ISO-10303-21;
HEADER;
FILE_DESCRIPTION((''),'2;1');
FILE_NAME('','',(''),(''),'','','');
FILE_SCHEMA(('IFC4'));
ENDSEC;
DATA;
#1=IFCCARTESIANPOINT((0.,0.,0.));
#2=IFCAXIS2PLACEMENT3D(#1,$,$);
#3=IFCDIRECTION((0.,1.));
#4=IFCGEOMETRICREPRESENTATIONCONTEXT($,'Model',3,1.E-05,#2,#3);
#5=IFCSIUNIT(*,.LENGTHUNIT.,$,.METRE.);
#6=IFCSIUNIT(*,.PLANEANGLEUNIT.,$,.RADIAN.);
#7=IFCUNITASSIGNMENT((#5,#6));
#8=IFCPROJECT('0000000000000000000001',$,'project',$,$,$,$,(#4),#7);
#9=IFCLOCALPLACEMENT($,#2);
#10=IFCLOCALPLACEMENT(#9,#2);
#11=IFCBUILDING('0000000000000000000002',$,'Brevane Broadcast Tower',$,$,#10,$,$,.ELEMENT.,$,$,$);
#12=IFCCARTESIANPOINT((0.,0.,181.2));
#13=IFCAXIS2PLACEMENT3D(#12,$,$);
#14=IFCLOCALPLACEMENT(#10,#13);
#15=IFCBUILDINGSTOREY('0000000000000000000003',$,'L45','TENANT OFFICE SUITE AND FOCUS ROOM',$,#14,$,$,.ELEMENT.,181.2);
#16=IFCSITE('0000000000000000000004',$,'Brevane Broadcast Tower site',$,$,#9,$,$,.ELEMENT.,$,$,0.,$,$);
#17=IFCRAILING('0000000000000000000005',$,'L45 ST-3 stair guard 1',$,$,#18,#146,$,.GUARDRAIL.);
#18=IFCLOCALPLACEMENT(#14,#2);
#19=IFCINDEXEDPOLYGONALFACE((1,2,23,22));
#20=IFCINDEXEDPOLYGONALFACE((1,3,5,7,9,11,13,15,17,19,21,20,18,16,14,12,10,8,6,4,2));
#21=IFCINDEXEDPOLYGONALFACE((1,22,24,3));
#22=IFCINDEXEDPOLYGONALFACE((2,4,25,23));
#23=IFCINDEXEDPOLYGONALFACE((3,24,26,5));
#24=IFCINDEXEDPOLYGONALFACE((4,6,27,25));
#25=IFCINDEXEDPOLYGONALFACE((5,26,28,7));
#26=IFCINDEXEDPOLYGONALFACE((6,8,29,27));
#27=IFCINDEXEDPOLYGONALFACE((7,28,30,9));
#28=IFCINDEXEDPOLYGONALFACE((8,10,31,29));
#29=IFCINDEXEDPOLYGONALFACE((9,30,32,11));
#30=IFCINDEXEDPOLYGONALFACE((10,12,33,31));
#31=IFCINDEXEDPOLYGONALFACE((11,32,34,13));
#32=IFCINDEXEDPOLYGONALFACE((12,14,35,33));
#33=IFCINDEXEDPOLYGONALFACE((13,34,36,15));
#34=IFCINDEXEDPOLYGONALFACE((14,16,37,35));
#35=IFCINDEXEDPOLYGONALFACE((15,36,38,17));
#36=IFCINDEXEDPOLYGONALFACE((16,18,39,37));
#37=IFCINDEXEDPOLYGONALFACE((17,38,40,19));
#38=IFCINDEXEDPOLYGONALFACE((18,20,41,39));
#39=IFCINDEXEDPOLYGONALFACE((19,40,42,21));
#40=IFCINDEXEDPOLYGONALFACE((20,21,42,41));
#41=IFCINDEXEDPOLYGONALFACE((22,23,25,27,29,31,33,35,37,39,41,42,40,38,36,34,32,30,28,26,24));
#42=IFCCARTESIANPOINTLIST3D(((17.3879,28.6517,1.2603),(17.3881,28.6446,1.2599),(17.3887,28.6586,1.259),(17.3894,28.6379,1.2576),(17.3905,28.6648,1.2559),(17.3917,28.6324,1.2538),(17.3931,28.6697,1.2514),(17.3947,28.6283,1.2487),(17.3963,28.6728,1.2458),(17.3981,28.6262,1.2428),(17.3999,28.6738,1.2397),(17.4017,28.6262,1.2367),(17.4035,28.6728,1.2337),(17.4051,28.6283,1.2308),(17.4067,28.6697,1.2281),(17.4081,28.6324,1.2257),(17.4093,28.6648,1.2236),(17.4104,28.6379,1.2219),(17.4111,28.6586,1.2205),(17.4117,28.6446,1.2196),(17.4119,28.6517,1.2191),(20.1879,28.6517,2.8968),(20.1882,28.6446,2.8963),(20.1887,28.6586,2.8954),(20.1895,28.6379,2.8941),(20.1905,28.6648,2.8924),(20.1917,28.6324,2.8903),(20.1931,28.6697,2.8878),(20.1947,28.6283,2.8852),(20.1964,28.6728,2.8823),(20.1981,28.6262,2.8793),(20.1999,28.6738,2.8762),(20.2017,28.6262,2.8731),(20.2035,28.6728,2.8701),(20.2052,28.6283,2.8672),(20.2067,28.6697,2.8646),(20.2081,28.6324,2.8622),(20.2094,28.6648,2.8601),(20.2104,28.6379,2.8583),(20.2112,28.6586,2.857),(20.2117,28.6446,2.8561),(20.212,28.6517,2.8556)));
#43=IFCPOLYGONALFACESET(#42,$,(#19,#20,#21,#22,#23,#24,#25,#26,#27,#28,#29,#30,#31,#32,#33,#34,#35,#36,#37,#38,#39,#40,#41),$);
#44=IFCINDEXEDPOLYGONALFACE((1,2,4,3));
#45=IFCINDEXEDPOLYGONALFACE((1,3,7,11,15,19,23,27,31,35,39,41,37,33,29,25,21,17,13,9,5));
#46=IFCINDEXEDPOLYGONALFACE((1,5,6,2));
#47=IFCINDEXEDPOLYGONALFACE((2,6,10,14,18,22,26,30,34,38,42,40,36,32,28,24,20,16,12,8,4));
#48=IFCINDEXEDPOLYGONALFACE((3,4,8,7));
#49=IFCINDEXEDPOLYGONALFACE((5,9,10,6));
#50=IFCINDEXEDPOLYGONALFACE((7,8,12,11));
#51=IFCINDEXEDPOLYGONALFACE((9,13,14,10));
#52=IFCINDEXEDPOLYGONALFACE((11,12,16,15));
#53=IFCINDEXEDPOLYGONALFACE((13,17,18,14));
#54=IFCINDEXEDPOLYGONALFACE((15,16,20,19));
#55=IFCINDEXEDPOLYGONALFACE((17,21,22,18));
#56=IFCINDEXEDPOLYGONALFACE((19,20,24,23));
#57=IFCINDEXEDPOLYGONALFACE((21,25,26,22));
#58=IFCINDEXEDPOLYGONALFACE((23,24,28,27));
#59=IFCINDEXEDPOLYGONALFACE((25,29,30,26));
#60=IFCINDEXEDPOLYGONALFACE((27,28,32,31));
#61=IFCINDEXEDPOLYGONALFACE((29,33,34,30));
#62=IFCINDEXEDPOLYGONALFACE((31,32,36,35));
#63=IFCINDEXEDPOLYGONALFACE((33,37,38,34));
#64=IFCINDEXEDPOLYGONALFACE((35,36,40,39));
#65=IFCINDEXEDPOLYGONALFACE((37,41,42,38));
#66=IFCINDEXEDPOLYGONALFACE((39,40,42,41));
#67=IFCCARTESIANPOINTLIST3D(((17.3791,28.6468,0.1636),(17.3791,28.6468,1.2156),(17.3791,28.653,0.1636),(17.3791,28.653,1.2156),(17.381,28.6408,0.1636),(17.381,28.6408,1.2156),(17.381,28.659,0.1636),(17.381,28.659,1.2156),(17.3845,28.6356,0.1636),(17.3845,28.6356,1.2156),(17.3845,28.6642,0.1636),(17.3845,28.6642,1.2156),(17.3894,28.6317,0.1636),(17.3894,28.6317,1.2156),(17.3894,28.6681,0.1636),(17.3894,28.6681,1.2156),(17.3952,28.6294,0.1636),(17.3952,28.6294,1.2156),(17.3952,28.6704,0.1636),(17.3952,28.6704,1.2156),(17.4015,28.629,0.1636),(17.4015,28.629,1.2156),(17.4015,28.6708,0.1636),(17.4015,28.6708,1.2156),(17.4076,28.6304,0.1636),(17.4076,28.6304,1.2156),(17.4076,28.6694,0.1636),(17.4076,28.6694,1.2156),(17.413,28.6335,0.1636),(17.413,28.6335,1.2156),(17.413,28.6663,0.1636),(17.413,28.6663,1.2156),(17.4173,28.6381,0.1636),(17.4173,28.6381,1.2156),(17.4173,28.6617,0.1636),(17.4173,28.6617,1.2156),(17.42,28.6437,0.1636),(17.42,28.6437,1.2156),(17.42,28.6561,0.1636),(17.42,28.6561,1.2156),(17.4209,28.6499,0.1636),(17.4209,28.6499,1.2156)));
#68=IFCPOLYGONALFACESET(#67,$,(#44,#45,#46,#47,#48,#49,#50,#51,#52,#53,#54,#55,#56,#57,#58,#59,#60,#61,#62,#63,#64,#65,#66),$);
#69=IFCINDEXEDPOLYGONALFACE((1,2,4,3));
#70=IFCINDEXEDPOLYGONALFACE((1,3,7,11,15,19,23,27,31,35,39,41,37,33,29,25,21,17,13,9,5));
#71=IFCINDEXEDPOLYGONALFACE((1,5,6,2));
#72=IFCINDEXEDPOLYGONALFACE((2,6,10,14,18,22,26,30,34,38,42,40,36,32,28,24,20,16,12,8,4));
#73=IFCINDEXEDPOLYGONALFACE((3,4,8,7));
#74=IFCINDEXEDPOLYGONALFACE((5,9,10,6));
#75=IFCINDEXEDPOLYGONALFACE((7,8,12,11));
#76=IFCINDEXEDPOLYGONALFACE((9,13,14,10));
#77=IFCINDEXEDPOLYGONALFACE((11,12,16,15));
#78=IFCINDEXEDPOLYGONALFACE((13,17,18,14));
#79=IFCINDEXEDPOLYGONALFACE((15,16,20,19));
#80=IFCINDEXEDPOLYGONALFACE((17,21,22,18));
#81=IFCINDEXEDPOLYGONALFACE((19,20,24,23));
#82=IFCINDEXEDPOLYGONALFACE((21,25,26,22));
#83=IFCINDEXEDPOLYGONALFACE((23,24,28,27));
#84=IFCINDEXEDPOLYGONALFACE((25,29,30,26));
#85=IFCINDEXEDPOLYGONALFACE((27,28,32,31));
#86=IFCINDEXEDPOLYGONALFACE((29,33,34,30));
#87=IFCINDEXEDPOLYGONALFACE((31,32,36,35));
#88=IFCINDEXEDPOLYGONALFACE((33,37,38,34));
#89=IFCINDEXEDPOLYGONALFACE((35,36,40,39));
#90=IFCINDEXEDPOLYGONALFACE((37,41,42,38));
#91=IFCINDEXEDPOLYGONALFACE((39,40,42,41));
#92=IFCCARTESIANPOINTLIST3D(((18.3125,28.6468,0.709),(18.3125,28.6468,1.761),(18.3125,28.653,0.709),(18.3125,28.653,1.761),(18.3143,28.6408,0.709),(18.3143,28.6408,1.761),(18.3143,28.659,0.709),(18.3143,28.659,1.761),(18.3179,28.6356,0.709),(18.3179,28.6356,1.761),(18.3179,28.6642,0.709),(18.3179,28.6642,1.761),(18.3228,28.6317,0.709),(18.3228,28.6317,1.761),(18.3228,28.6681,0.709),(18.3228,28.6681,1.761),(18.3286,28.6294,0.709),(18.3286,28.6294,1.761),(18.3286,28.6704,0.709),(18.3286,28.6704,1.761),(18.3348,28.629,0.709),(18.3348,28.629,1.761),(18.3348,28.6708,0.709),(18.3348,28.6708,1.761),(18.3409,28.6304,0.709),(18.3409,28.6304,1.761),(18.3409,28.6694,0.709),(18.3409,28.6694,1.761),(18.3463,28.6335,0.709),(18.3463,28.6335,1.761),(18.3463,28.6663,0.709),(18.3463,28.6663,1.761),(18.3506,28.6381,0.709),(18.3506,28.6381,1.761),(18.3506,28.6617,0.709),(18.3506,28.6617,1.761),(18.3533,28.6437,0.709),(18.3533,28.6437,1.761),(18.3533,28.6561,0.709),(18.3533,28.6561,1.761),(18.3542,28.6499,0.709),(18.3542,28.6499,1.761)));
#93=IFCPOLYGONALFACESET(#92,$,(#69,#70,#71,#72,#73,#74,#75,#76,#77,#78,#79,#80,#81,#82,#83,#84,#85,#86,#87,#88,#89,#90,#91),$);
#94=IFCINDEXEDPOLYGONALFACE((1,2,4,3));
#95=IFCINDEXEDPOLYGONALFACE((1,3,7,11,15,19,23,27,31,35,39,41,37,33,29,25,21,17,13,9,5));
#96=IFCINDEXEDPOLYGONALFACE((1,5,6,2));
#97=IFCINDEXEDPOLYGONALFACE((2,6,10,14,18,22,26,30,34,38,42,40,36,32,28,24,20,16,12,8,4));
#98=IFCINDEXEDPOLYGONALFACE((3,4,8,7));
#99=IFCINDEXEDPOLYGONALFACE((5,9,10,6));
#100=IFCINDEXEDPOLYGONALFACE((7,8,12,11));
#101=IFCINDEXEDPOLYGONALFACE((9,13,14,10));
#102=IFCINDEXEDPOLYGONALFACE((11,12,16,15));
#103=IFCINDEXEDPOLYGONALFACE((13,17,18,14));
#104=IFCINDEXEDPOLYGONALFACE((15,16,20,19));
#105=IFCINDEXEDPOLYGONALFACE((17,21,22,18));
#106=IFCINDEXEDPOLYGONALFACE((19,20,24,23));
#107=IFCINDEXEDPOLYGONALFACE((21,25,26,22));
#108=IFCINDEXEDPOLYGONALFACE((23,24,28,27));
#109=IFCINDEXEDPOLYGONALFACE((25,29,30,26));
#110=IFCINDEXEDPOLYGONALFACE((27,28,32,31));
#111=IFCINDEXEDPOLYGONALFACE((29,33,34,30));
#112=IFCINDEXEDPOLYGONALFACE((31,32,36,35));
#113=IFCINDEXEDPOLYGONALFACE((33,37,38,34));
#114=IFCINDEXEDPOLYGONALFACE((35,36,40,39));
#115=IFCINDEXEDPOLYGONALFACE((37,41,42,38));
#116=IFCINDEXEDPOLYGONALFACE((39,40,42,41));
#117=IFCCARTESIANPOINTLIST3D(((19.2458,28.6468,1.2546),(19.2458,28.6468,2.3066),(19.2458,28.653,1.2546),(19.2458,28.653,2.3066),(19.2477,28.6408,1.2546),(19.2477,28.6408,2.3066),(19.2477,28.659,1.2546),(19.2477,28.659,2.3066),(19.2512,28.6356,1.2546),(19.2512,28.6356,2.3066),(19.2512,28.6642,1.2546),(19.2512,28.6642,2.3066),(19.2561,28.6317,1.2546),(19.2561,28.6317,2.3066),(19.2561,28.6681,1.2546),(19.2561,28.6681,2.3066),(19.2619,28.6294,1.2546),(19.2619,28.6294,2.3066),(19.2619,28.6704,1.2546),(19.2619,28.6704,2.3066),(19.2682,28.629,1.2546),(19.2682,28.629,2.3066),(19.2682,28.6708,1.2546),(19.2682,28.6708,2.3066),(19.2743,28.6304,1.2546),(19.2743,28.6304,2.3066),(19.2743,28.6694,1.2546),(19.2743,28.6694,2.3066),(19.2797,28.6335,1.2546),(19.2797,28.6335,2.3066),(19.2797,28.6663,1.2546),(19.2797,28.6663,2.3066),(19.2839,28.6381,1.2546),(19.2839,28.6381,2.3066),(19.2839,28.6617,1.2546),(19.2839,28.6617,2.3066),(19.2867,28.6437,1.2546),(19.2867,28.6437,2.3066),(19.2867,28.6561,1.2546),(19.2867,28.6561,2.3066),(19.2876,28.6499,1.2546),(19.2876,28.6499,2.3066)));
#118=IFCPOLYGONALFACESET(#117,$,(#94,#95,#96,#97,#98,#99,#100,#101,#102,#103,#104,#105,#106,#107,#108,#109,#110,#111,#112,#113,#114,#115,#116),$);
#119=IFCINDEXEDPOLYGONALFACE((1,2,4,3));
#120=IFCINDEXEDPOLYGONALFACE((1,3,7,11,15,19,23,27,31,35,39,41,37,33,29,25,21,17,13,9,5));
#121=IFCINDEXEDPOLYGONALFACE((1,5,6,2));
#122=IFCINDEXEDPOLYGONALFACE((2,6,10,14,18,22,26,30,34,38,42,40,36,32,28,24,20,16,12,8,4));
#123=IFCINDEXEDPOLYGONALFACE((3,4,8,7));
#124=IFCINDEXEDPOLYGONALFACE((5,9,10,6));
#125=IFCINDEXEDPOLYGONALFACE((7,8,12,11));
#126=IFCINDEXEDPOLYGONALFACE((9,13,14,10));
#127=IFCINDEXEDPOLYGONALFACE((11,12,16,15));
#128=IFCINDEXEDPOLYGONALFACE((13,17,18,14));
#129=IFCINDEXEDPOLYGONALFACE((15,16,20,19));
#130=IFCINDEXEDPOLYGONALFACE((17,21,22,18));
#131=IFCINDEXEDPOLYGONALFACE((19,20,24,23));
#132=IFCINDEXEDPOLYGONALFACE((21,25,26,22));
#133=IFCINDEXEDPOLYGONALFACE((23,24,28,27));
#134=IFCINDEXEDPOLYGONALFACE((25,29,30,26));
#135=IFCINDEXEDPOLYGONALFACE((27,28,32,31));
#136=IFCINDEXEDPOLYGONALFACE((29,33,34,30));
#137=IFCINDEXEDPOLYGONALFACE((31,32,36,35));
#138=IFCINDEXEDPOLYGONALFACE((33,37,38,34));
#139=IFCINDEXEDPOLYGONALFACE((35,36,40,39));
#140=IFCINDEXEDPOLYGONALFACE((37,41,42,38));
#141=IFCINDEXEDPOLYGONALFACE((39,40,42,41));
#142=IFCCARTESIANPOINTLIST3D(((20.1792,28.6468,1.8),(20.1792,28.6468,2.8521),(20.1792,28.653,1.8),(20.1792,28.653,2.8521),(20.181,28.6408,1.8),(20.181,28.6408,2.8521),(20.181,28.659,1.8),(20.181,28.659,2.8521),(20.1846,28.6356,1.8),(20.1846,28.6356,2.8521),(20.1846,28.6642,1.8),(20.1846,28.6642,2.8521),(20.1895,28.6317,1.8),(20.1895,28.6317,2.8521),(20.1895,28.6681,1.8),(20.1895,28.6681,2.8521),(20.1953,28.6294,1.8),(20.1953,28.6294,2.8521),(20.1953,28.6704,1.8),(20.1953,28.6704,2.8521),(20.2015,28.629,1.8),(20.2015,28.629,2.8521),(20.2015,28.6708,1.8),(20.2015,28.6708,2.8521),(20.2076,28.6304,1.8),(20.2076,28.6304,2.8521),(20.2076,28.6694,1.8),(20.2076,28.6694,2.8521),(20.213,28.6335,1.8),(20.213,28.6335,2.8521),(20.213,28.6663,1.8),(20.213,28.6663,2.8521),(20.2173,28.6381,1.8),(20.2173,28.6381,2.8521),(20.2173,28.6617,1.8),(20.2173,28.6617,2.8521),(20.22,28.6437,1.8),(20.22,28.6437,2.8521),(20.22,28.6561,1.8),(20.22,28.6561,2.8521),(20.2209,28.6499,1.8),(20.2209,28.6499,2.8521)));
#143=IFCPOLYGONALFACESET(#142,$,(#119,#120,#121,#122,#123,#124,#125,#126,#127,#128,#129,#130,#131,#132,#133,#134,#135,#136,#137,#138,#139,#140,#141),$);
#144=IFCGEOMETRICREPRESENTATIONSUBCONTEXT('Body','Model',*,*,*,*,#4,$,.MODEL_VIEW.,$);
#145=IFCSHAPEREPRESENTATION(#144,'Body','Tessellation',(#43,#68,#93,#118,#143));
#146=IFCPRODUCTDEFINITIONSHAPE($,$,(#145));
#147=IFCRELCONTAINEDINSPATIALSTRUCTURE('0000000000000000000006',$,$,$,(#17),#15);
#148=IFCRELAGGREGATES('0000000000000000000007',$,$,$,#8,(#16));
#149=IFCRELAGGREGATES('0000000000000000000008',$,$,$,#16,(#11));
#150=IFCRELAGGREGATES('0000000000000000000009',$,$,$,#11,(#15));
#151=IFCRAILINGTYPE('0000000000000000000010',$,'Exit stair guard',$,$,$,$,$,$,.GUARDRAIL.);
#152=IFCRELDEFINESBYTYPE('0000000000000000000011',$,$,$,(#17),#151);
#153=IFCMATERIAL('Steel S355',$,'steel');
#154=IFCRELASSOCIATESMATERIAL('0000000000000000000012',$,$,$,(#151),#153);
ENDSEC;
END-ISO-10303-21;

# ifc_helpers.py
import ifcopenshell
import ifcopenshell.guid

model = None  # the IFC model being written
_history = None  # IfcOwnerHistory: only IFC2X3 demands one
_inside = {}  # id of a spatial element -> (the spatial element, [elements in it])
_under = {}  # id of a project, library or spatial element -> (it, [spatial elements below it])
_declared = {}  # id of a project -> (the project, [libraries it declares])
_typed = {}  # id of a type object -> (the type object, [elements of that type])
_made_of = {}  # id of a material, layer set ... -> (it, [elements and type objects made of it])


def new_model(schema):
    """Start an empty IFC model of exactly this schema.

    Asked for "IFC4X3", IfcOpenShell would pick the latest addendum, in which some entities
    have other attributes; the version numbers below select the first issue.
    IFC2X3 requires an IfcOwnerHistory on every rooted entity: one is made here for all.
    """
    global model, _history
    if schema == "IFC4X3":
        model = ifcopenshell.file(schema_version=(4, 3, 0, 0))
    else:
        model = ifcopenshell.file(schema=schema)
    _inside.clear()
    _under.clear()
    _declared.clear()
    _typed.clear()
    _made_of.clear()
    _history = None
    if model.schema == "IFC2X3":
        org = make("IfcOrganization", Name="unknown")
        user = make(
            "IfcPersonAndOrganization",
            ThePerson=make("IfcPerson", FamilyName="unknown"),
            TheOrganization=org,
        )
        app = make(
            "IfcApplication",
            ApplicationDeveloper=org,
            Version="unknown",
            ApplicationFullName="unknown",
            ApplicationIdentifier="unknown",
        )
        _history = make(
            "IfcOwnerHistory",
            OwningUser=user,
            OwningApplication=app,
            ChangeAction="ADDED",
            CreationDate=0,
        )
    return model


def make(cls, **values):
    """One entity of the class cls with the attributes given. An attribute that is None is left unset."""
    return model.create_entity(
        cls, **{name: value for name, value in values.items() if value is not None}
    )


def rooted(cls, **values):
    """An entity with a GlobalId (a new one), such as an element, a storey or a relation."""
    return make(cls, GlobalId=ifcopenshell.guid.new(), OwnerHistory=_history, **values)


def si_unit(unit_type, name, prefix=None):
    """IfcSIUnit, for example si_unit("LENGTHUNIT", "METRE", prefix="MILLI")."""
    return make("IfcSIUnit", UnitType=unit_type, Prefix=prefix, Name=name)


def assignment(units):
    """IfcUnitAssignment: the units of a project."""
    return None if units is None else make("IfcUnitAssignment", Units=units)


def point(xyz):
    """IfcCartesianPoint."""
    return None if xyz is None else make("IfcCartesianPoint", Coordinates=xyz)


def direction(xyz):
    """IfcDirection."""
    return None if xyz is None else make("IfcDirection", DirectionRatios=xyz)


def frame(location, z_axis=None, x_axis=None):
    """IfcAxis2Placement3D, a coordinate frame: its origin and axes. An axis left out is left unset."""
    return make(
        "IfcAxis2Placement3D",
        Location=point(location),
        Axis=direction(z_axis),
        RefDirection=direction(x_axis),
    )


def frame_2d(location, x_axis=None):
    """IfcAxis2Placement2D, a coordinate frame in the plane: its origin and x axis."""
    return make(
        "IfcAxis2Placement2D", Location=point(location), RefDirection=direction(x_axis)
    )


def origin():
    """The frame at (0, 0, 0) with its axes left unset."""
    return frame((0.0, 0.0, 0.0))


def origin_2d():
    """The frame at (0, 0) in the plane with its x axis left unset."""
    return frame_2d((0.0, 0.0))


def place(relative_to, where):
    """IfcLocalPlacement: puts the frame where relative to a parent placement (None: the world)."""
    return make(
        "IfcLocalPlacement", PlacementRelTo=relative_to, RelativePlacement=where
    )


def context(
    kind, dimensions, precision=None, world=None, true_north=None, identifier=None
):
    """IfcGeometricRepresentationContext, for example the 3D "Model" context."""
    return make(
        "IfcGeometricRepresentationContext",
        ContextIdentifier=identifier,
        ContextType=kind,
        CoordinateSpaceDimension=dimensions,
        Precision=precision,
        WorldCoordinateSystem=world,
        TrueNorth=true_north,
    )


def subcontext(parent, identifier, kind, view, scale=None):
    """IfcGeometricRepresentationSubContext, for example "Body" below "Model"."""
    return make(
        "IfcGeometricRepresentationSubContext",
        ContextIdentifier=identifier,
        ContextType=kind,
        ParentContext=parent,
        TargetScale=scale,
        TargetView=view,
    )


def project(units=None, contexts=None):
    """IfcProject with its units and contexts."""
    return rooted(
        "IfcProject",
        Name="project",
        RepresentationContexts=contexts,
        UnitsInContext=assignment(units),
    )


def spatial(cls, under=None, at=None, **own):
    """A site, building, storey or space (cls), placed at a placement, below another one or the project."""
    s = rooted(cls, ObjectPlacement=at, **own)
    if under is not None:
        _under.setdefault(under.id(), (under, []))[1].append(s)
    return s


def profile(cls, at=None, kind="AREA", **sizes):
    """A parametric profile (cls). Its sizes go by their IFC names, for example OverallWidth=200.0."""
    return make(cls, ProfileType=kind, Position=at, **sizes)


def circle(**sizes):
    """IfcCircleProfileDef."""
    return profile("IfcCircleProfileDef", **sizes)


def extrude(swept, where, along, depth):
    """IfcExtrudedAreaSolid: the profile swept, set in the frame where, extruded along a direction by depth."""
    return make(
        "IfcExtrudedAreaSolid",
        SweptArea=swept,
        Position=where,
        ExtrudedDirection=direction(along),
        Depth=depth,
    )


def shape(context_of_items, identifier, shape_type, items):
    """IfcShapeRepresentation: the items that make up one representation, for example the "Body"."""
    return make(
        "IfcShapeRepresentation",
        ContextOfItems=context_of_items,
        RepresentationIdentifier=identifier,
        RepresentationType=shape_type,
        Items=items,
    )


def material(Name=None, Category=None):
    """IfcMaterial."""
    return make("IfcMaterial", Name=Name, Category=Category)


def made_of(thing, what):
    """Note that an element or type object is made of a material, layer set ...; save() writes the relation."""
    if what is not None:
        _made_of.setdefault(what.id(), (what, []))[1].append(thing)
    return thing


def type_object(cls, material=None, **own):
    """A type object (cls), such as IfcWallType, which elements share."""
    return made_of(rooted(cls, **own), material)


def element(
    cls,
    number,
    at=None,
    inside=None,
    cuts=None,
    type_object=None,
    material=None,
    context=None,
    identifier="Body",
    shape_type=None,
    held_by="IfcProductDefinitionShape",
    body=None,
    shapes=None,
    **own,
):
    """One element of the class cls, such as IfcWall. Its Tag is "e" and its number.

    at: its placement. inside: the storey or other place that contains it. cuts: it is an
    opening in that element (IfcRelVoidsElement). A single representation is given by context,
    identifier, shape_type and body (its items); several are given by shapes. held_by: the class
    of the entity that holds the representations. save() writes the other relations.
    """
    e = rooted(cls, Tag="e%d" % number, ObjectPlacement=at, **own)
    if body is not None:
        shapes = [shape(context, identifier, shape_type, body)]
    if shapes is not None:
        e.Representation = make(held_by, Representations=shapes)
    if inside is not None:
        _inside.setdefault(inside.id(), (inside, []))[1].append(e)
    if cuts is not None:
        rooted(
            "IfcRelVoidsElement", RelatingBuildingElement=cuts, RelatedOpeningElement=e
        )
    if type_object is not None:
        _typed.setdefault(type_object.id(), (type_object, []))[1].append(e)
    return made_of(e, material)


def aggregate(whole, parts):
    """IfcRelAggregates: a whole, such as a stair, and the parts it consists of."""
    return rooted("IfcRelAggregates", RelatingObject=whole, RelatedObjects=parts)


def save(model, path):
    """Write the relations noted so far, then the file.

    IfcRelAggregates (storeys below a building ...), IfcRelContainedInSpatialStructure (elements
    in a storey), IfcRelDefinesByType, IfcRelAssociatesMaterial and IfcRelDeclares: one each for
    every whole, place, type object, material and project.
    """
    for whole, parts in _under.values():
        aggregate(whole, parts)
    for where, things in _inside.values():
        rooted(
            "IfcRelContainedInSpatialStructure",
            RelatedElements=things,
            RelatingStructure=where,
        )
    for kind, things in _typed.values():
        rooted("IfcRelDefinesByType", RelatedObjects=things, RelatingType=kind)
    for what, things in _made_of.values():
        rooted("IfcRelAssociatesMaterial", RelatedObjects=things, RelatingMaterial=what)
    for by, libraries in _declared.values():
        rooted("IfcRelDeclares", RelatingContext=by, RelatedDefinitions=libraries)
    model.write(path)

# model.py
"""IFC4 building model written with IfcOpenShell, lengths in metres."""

from ifc_helpers import new_model, si_unit, direction, frame, origin, origin_2d, place, context, subcontext, project, spatial, circle, extrude, material, type_object, element, save


model = new_model("IFC4")

# Units and contexts
model_context = context("Model", 3, precision=1e-05, world=origin(), true_north=direction((0.0, 1.0)))
body_context = subcontext(model_context, "Body", "Model", "MODEL_VIEW")
ifc_project = project(units=[si_unit("LENGTHUNIT", "METRE"), si_unit("PLANEANGLEUNIT", "RADIAN")], contexts=[model_context])

# Site, building, storey
site_placement = place(None, origin())
site = spatial("IfcSite", under=ifc_project, at=site_placement, Name="Brevane Broadcast Tower site", CompositionType="ELEMENT", RefElevation=0.0)
building_placement = place(site_placement, origin())
building = spatial("IfcBuilding", under=site, at=building_placement, Name="Brevane Broadcast Tower", CompositionType="ELEMENT")
storey_placement = place(building_placement, frame((0.0, 0.0, 181.2)))
storey = spatial("IfcBuildingStorey", under=building, at=storey_placement, Name="L45", Description="TENANT OFFICE SUITE AND FOCUS ROOM", CompositionType="ELEMENT", Elevation=181.2)

# Railing
ifc_material_1 = material(Name="Steel S355", Category="steel")
railing_type_1 = type_object("IfcRailingType", Name="Exit stair guard", PredefinedType="GUARDRAIL", material=ifc_material_1)
railing_1_placement = place(storey_placement, frame((17.3999, 28.6499, 0.1636)))
element("IfcRailing", 1, at=railing_1_placement, inside=storey, type_object=railing_type_1, Name="L45 ST-3 stair guard 1", PredefinedType="GUARDRAIL", context=body_context, shape_type="SweptSolid", body=[
    extrude(circle(Radius=0.0239, at=origin_2d()), frame((0.0, 0.0, 1.0762), z_axis=(0.863361, 0.0, 0.504587), x_axis=(0.0, 1.0, 0.0)), (0.0, 0.0, 1.0), 3.2432),
    extrude(circle(Radius=0.021, at=origin_2d()), origin(), (0.0, 0.0, 1.0), 1.052),
    extrude(circle(Radius=0.021, at=origin_2d()), frame((0.9333, 0.0, 0.5454)), (0.0, 0.0, 1.0), 1.052),
    extrude(circle(Radius=0.021, at=origin_2d()), frame((1.8667, 0.0, 1.0911)), (0.0, 0.0, 1.0), 1.052),
    extrude(circle(Radius=0.021, at=origin_2d()), frame((2.8, 0.0, 1.6365)), (0.0, 0.0, 1.0), 1.052),
])

save(model, "model.ifc")
